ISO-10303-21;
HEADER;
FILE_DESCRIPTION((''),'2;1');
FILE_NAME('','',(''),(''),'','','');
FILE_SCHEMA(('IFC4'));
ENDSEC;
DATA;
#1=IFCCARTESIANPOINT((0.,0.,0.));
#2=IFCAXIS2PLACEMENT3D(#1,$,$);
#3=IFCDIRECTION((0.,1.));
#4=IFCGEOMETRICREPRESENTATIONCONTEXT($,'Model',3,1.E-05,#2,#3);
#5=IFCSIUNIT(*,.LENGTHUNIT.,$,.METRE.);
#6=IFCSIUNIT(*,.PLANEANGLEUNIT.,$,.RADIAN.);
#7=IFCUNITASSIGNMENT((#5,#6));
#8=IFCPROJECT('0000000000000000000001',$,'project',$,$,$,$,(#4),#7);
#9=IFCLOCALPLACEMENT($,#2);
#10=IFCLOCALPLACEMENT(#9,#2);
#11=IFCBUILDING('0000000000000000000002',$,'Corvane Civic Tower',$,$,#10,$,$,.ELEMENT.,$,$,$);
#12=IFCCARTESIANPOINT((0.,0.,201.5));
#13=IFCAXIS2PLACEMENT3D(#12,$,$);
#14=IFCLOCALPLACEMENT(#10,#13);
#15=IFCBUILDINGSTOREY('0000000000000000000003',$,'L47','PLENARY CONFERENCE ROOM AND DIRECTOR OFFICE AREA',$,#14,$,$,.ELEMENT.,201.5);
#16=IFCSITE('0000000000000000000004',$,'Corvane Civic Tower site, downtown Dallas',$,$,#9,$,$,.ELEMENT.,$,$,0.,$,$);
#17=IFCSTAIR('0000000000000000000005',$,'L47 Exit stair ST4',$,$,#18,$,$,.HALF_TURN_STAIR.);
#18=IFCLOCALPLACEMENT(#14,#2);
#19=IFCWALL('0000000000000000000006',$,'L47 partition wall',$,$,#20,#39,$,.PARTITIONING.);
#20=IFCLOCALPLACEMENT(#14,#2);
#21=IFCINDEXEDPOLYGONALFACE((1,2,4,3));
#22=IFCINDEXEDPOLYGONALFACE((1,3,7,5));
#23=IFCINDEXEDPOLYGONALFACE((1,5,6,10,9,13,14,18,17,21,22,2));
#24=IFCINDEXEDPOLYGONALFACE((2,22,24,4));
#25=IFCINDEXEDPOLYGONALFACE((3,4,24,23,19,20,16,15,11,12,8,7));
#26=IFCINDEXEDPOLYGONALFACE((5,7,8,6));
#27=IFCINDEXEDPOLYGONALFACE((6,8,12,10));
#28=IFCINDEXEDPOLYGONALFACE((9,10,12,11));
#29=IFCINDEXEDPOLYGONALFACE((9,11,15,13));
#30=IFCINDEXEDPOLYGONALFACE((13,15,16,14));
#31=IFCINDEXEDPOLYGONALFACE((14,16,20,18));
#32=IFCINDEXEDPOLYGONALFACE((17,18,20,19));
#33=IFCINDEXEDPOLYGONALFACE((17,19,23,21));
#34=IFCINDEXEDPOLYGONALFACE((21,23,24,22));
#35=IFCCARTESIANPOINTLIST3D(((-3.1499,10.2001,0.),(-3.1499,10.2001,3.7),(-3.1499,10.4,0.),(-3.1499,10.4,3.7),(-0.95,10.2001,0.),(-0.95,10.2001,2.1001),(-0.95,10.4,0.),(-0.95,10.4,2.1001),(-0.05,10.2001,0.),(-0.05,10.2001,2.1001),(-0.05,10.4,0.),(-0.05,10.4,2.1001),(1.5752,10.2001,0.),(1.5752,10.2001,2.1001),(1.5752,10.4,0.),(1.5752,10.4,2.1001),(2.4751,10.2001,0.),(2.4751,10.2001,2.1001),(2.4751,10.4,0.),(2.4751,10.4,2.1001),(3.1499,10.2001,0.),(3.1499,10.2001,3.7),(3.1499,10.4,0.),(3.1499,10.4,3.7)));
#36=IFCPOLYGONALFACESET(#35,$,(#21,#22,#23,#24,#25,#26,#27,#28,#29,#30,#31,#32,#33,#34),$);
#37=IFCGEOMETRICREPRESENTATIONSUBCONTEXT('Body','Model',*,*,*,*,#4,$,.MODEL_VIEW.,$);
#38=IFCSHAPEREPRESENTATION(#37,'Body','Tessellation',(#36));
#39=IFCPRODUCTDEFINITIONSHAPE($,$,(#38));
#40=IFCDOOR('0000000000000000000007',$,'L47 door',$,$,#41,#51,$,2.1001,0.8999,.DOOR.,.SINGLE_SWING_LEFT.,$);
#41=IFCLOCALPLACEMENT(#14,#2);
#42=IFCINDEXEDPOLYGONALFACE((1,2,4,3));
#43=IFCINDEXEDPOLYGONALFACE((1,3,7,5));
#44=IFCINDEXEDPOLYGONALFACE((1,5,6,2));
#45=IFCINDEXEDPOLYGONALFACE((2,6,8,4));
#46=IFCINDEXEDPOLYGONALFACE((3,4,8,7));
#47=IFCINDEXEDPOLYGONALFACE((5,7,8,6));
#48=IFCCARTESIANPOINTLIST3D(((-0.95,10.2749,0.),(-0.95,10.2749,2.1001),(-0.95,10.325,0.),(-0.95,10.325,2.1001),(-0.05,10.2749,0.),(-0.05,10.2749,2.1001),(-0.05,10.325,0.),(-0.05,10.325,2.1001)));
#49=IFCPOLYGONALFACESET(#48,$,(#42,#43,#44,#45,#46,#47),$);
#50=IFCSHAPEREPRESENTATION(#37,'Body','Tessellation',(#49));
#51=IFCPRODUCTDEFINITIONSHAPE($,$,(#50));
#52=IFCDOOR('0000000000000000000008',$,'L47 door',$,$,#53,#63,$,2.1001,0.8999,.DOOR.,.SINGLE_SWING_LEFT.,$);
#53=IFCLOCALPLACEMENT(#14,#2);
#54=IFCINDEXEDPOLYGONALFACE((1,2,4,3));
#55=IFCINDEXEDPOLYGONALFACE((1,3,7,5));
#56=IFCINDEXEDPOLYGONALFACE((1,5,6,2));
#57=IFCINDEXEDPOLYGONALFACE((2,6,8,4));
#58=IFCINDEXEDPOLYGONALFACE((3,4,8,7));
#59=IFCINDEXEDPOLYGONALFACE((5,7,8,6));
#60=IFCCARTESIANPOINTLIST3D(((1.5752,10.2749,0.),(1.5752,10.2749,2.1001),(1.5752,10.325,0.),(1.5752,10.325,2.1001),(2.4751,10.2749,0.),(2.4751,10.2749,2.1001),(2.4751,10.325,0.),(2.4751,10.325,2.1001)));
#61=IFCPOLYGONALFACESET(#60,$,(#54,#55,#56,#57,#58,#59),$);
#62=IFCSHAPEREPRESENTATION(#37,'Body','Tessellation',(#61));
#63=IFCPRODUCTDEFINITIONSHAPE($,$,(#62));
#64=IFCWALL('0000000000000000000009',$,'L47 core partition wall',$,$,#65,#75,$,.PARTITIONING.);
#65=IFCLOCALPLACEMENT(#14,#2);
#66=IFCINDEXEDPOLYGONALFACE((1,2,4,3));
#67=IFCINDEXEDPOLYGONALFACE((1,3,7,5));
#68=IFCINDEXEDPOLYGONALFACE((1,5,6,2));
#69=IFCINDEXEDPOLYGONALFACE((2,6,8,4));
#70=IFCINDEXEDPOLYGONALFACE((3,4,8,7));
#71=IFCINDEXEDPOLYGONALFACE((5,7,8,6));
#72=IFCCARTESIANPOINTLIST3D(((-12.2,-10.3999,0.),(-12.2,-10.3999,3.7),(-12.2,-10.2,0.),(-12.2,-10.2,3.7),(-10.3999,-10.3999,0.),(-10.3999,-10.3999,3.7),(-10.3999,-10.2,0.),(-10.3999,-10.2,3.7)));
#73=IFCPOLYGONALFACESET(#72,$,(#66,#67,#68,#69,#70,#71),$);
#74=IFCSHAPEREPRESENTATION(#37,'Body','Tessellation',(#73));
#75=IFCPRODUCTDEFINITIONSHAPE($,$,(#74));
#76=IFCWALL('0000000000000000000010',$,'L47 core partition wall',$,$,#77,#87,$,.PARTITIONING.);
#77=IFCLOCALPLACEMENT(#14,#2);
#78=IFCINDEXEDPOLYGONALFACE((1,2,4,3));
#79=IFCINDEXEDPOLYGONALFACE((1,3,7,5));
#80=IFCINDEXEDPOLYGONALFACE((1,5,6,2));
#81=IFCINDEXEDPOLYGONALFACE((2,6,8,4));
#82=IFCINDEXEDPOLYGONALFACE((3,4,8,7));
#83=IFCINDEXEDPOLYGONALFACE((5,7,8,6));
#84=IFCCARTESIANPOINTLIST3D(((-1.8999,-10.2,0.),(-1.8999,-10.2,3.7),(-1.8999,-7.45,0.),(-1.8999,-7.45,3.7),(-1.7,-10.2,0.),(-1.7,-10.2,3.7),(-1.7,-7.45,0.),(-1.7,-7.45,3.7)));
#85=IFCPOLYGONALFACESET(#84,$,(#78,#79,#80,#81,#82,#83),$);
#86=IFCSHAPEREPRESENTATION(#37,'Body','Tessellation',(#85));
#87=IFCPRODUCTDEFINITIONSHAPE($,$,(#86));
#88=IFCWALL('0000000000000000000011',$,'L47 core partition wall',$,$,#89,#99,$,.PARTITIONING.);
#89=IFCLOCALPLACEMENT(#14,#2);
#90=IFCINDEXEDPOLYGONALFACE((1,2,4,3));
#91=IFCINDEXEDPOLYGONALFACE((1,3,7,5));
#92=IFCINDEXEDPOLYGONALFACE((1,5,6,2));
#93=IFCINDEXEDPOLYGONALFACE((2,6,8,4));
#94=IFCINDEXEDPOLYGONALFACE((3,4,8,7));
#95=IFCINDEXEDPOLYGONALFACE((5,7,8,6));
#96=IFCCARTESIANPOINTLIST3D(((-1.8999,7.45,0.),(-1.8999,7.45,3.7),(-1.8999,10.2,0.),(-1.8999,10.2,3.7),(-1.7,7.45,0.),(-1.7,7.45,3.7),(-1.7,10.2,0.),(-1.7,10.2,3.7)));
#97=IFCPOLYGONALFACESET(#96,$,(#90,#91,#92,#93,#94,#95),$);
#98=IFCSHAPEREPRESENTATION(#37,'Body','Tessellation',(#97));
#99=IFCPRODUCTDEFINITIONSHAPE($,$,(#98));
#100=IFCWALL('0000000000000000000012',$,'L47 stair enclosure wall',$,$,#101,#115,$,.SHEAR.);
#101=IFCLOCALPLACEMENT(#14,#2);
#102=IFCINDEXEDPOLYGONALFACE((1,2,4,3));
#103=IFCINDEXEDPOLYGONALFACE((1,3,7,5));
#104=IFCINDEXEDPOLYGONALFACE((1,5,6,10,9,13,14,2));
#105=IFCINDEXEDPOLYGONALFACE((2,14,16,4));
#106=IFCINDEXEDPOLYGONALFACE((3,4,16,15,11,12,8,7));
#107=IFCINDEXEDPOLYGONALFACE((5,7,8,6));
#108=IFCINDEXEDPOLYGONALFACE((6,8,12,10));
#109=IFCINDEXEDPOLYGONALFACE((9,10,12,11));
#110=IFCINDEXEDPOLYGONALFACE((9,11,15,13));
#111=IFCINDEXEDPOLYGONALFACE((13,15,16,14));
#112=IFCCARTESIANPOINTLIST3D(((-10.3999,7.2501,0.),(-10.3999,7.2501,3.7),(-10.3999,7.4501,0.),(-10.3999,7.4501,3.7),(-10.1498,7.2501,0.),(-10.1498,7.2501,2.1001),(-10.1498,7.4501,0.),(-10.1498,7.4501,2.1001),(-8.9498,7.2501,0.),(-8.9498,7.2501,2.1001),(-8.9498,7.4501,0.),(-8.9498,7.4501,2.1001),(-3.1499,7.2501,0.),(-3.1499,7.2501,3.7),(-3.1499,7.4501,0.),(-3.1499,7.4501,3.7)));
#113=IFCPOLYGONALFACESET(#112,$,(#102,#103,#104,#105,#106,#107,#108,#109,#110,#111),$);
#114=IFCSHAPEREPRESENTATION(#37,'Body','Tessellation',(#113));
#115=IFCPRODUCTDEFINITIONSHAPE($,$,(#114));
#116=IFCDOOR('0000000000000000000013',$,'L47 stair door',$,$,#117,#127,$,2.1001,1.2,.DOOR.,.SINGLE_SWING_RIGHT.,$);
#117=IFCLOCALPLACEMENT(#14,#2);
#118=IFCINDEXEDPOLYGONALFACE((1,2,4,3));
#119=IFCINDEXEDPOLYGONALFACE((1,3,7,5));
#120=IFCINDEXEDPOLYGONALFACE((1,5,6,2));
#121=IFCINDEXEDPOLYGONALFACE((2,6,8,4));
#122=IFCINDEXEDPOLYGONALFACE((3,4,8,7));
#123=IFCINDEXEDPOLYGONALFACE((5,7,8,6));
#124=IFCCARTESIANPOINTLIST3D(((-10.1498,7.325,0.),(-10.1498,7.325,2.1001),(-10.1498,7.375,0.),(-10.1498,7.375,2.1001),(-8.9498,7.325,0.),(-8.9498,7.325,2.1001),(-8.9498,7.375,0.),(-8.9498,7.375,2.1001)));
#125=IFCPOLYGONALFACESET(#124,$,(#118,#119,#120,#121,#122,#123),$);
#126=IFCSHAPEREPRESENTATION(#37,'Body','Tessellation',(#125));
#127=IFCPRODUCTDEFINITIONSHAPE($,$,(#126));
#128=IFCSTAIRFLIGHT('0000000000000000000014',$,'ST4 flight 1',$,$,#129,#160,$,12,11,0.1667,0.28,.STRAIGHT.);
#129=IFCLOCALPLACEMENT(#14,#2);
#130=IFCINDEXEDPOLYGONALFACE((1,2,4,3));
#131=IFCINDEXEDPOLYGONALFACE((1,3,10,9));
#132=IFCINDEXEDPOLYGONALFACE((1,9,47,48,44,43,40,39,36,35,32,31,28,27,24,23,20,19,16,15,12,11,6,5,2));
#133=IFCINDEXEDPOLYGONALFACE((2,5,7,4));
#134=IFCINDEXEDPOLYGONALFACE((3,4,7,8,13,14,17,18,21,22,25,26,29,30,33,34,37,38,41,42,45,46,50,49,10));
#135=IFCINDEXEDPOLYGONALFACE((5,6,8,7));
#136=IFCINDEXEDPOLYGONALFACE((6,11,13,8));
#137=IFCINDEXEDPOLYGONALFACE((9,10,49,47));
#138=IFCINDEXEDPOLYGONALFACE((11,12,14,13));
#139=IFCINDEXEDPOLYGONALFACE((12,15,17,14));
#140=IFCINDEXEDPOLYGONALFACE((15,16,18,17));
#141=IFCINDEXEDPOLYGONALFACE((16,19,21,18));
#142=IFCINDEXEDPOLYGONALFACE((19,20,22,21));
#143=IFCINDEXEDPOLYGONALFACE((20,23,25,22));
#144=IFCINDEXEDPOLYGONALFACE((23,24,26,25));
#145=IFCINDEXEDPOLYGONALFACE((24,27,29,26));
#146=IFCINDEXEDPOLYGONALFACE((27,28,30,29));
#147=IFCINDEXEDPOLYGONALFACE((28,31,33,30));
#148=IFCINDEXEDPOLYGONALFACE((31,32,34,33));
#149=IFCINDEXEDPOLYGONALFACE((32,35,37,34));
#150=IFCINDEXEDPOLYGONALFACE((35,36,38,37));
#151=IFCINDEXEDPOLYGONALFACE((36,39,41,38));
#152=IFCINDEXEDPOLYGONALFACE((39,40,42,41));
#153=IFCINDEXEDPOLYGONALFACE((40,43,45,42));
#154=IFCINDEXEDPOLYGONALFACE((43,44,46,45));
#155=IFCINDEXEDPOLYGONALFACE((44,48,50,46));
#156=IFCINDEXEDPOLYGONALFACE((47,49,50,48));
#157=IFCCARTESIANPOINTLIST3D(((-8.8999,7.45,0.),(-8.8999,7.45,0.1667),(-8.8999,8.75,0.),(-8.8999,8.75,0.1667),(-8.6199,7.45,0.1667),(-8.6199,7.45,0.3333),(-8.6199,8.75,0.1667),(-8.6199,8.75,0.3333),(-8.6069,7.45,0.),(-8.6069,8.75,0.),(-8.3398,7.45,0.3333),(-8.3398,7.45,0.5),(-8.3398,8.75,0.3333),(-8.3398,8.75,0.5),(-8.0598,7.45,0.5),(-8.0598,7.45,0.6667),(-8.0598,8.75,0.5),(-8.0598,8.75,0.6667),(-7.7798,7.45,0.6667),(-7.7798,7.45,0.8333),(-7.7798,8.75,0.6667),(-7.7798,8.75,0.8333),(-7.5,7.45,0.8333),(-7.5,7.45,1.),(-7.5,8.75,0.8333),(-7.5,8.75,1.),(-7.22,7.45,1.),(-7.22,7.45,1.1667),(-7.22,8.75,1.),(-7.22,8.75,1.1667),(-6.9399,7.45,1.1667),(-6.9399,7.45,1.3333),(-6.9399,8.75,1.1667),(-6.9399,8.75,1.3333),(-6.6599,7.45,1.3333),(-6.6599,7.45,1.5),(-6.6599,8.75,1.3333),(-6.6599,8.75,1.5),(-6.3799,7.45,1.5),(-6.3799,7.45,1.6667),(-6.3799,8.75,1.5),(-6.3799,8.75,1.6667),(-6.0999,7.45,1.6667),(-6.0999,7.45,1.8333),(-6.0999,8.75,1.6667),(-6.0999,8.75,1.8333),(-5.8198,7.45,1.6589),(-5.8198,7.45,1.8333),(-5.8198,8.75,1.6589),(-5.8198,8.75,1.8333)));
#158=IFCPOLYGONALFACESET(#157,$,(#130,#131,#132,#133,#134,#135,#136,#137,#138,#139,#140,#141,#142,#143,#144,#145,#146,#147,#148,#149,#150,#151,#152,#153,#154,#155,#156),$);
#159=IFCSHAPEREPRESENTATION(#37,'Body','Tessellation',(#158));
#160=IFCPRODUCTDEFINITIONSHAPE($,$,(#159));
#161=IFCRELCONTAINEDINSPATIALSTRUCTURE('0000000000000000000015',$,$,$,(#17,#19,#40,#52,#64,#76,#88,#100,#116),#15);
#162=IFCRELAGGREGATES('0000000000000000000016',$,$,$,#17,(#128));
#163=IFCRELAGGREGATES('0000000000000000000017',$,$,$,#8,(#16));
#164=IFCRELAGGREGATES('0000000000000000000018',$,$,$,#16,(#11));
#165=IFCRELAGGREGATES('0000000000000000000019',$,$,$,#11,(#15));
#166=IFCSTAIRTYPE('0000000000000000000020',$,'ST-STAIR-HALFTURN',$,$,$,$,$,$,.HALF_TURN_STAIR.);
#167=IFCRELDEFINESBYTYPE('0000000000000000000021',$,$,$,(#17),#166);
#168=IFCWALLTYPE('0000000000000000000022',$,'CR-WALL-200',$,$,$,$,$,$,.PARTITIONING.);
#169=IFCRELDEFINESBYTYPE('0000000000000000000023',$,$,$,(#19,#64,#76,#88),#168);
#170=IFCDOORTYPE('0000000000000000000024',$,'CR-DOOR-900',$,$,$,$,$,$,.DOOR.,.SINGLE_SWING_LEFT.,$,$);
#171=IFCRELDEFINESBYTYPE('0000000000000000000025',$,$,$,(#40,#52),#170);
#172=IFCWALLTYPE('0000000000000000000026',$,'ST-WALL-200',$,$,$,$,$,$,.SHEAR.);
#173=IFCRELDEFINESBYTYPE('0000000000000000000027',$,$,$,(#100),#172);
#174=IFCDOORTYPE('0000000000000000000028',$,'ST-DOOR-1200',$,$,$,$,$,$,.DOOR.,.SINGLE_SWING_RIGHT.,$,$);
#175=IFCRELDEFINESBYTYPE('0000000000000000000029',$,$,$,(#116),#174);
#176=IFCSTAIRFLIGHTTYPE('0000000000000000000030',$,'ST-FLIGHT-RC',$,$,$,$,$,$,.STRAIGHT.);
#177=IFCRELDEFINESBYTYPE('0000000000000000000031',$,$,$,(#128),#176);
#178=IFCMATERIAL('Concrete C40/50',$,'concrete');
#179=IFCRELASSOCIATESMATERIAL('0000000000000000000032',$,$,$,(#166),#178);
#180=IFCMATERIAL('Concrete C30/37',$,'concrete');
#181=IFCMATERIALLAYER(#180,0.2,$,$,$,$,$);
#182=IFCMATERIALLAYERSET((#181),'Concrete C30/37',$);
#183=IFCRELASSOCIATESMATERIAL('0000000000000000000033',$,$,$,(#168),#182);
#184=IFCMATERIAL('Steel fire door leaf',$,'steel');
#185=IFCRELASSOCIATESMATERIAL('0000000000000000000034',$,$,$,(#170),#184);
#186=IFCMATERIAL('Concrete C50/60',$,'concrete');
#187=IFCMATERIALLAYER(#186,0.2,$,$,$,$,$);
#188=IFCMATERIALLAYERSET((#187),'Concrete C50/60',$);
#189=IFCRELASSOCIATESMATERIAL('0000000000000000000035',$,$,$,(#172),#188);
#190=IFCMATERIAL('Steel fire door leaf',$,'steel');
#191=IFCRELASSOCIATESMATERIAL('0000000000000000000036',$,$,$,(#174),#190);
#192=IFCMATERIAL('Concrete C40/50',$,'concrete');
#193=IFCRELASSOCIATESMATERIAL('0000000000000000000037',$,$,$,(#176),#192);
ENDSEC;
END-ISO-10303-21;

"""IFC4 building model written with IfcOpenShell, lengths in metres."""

from ifc_helpers import new_model, si_unit, direction, frame, frame_2d, origin, place, context, subcontext, project, spatial, polyline, rectangle, outline, extrude, material, layer, layer_set, type_object, element, fill, aggregate, save


model = new_model("IFC4")

# Units and contexts
model_context = context("Model", 3, precision=1e-05, world=origin(), true_north=direction((0.0, 1.0)))
body_context = subcontext(model_context, "Body", "Model", "MODEL_VIEW")
ifc_project = project(units=[si_unit("LENGTHUNIT", "METRE"), si_unit("PLANEANGLEUNIT", "RADIAN")], contexts=[model_context])

# Site, building, storey
site_placement = place(None, origin())
site = spatial("IfcSite", under=ifc_project, at=site_placement, Name="Corvane Civic Tower site, downtown Dallas", CompositionType="ELEMENT", RefElevation=0.0)
building_placement = place(site_placement, origin())
building = spatial("IfcBuilding", under=site, at=building_placement, Name="Corvane Civic Tower", CompositionType="ELEMENT")
storey_placement = place(building_placement, frame((0.0, 0.0, 201.5)))
storey = spatial("IfcBuildingStorey", under=building, at=storey_placement, Name="L47", Description="PLENARY CONFERENCE ROOM AND DIRECTOR OFFICE AREA", CompositionType="ELEMENT", Elevation=201.5)

# Stair
ifc_material_1 = material(Name="Concrete C40/50", Category="concrete")
stair_type = type_object("IfcStairType", Name="ST-STAIR-HALFTURN", PredefinedType="HALF_TURN_STAIR", material=ifc_material_1)
stair_1_placement = place(storey_placement, origin())
stair_1 = element("IfcStair", 1, at=stair_1_placement, inside=storey, type_object=stair_type, Name="L47 Exit stair ST4", PredefinedType="HALF_TURN_STAIR")

# Shared definitions
ifc_material_2 = material(Name="Concrete C30/37", Category="concrete")
ifc_layer_1 = layer(ifc_material_2, 0.2)
ifc_layer_set_1 = layer_set([ifc_layer_1], Name="Concrete C30/37")
wall_type_1 = type_object("IfcWallType", Name="CR-WALL-200", PredefinedType="PARTITIONING", material=ifc_layer_set_1)
ifc_material_3 = material(Name="Steel fire door leaf", Category="steel")
door_type_1 = type_object("IfcDoorType", Name="CR-DOOR-900", OperationType="SINGLE_SWING_LEFT", PredefinedType="DOOR", material=ifc_material_3)

# Wall, openings, doors
wall_1_placement = place(storey_placement, frame((-3.1499, 10.3, 0.0), z_axis=(0.0, 0.0, 1.0), x_axis=(1.0, 0.0, 0.0)))
wall_1 = element("IfcWall", 2, at=wall_1_placement, inside=storey, type_object=wall_type_1, Name="L47 partition wall", PredefinedType="PARTITIONING", context=body_context, shape_type="SweptSolid", body=[
    extrude(rectangle(XDim=6.2998, YDim=0.2, at=frame_2d((3.1499, 0.0))), origin(), (0.0, 0.0, 1.0), 3.7),
])
opening_1_placement = place(wall_1_placement, frame((2.2, 0.0, 0.0)))
opening_1 = element("IfcOpeningElement", 3, at=opening_1_placement, cuts=wall_1, PredefinedType="OPENING", context=body_context, shape_type="SweptSolid", body=[
    extrude(rectangle(XDim=0.8999, YDim=2.1001, at=frame_2d((0.45, 1.05))), frame((0.0, 0.1099, 0.0), z_axis=(0.0, -1.0, 0.0), x_axis=(1.0, 0.0, 0.0)), (0.0, 0.0, 1.0), 0.22),
])
opening_2_placement = place(wall_1_placement, frame((4.7251, 0.0, 0.0)))
opening_2 = element("IfcOpeningElement", 4, at=opening_2_placement, cuts=wall_1, PredefinedType="OPENING", context=body_context, shape_type="SweptSolid", body=[
    extrude(rectangle(XDim=0.8999, YDim=2.1001, at=frame_2d((0.45, 1.05))), frame((0.0, 0.1099, 0.0), z_axis=(0.0, -1.0, 0.0), x_axis=(1.0, 0.0, 0.0)), (0.0, 0.0, 1.0), 0.22),
])
door_1_placement = place(opening_1_placement, origin())
door_1 = element("IfcDoor", 5, at=door_1_placement, inside=storey, type_object=door_type_1, Name="L47 door", OperationType="SINGLE_SWING_LEFT", OverallHeight=2.1001, OverallWidth=0.8999, PredefinedType="DOOR", context=body_context, shape_type="SweptSolid", body=[
    extrude(rectangle(XDim=0.8999, YDim=2.1001, at=frame_2d((0.45, 1.05))), frame((0.0, 0.0249, 0.0), z_axis=(0.0, -1.0, 0.0), x_axis=(1.0, 0.0, 0.0)), (0.0, 0.0, 1.0), 0.05),
])
fill(opening_1, door_1)
door_2_placement = place(opening_2_placement, origin())
door_2 = element("IfcDoor", 6, at=door_2_placement, inside=storey, type_object=door_type_1, Name="L47 door", OperationType="SINGLE_SWING_LEFT", OverallHeight=2.1001, OverallWidth=0.8999, PredefinedType="DOOR", context=body_context, shape_type="SweptSolid", body=[
    extrude(rectangle(XDim=0.8999, YDim=2.1001, at=frame_2d((0.45, 1.05))), frame((0.0, 0.0249, 0.0), z_axis=(0.0, -1.0, 0.0), x_axis=(1.0, 0.0, 0.0)), (0.0, 0.0, 1.0), 0.05),
])
fill(opening_2, door_2)

# Walls
wall_2_placement = place(storey_placement, origin())
element("IfcWall", 7, at=wall_2_placement, inside=storey, type_object=wall_type_1, Name="L47 core partition wall", PredefinedType="PARTITIONING", context=body_context, shape_type="SweptSolid", body=[
    extrude(outline(polyline([(-10.3999, -10.3999), (-12.2, -10.3999), (-12.2, -10.2), (-10.3999, -10.2), (-10.3999, -10.3999)])), origin(), (0.0, 0.0, 1.0), 3.7),
])
wall_3_placement = place(storey_placement, origin())
element("IfcWall", 8, at=wall_3_placement, inside=storey, type_object=wall_type_1, Name="L47 core partition wall", PredefinedType="PARTITIONING", context=body_context, shape_type="SweptSolid", body=[
    extrude(outline(polyline([(-1.7, -7.45), (-1.7, -10.2), (-1.8999, -10.2), (-1.8999, -7.45), (-1.7, -7.45)])), origin(), (0.0, 0.0, 1.0), 3.7),
])
wall_4_placement = place(storey_placement, origin())
element("IfcWall", 9, at=wall_4_placement, inside=storey, type_object=wall_type_1, Name="L47 core partition wall", PredefinedType="PARTITIONING", context=body_context, shape_type="SweptSolid", body=[
    extrude(outline(polyline([(-1.7, 7.45), (-1.8999, 7.45), (-1.8999, 10.2), (-1.7, 10.2), (-1.7, 7.45)])), origin(), (0.0, 0.0, 1.0), 3.7),
])

# Wall, opening, door
ifc_material_4 = material(Name="Concrete C50/60", Category="concrete")
ifc_layer_2 = layer(ifc_material_4, 0.2)
ifc_layer_set_2 = layer_set([ifc_layer_2], Name="Concrete C50/60")
wall_type_2 = type_object("IfcWallType", Name="ST-WALL-200", PredefinedType="SHEAR", material=ifc_layer_set_2)
wall_5_placement = place(storey_placement, frame((-10.3999, 7.3501, 0.0), z_axis=(0.0, 0.0, 1.0), x_axis=(1.0, 0.0, 0.0)))
wall_5 = element("IfcWall", 10, at=wall_5_placement, inside=storey, type_object=wall_type_2, Name="L47 stair enclosure wall", PredefinedType="SHEAR", context=body_context, shape_type="SweptSolid", body=[
    extrude(rectangle(XDim=7.25, YDim=0.2, at=frame_2d((3.625, 0.0))), origin(), (0.0, 0.0, 1.0), 3.7),
])
opening_3_placement = place(wall_5_placement, frame((0.25, 0.0, 0.0)))
opening_3 = element("IfcOpeningElement", 11, at=opening_3_placement, cuts=wall_5, PredefinedType="OPENING", context=body_context, shape_type="SweptSolid", body=[
    extrude(rectangle(XDim=1.2, YDim=2.1001, at=frame_2d((0.6001, 1.05))), frame((0.0, 0.1099, 0.0), z_axis=(0.0, -1.0, 0.0), x_axis=(1.0, 0.0, 0.0)), (0.0, 0.0, 1.0), 0.22),
])
ifc_material_5 = material(Name="Steel fire door leaf", Category="steel")
door_type_2 = type_object("IfcDoorType", Name="ST-DOOR-1200", OperationType="SINGLE_SWING_RIGHT", PredefinedType="DOOR", material=ifc_material_5)
door_3_placement = place(opening_3_placement, origin())
door_3 = element("IfcDoor", 12, at=door_3_placement, inside=storey, type_object=door_type_2, Name="L47 stair door", OperationType="SINGLE_SWING_RIGHT", OverallHeight=2.1001, OverallWidth=1.2, PredefinedType="DOOR", context=body_context, shape_type="SweptSolid", body=[
    extrude(rectangle(XDim=1.2, YDim=2.1001, at=frame_2d((0.6001, 1.05))), frame((0.0, 0.0249, 0.0), z_axis=(0.0, -1.0, 0.0), x_axis=(1.0, 0.0, 0.0)), (0.0, 0.0, 1.0), 0.05),
])
fill(opening_3, door_3)

# Stair flight
ifc_material_6 = material(Name="Concrete C40/50", Category="concrete")
stair_flight_type = type_object("IfcStairFlightType", Name="ST-FLIGHT-RC", PredefinedType="STRAIGHT", material=ifc_material_6)
stair_flight_1_placement = place(storey_placement, frame((-8.8999, 8.1001, 0.0), z_axis=(0.0, 0.0, 1.0), x_axis=(1.0, 0.0, 0.0)))
stair_flight_1 = element("IfcStairFlight", 13, at=stair_flight_1_placement, type_object=stair_flight_type, Name="ST4 flight 1", NumberOfRisers=12, NumberOfTreads=11, PredefinedType="STRAIGHT", RiserHeight=0.1667, TreadLength=0.28, context=body_context, shape_type="SweptSolid", body=[
    extrude(outline(polyline([(0.0, 0.0), (0.0, 0.1667), (0.28, 0.1667), (0.28, 0.3333), (0.5601, 0.3333), (0.5601, 0.5), (0.8401, 0.5), (0.8401, 0.6667), (1.1201, 0.6667), (1.1201, 0.8333), (1.3999, 0.8333), (1.3999, 1.0), (1.6799, 1.0), (1.6799, 1.1667), (1.96, 1.1667), (1.96, 1.3333), (2.24, 1.3333), (2.24, 1.5), (2.52, 1.5), (2.52, 1.6667), (2.8, 1.6667), (2.8, 1.8333), (3.0801, 1.8333), (3.0801, 2.0), (3.0801, 1.6589), (0.293, 0.0), (0.0, 0.0)])), frame((0.0, 0.6499, 0.0), z_axis=(0.0, -1.0, 0.0), x_axis=(1.0, 0.0, 0.0)), (0.0, 0.0, 1.0), 1.3),
])
aggregate(stair_1, [stair_flight_1])

save(model, "model.ifc")
